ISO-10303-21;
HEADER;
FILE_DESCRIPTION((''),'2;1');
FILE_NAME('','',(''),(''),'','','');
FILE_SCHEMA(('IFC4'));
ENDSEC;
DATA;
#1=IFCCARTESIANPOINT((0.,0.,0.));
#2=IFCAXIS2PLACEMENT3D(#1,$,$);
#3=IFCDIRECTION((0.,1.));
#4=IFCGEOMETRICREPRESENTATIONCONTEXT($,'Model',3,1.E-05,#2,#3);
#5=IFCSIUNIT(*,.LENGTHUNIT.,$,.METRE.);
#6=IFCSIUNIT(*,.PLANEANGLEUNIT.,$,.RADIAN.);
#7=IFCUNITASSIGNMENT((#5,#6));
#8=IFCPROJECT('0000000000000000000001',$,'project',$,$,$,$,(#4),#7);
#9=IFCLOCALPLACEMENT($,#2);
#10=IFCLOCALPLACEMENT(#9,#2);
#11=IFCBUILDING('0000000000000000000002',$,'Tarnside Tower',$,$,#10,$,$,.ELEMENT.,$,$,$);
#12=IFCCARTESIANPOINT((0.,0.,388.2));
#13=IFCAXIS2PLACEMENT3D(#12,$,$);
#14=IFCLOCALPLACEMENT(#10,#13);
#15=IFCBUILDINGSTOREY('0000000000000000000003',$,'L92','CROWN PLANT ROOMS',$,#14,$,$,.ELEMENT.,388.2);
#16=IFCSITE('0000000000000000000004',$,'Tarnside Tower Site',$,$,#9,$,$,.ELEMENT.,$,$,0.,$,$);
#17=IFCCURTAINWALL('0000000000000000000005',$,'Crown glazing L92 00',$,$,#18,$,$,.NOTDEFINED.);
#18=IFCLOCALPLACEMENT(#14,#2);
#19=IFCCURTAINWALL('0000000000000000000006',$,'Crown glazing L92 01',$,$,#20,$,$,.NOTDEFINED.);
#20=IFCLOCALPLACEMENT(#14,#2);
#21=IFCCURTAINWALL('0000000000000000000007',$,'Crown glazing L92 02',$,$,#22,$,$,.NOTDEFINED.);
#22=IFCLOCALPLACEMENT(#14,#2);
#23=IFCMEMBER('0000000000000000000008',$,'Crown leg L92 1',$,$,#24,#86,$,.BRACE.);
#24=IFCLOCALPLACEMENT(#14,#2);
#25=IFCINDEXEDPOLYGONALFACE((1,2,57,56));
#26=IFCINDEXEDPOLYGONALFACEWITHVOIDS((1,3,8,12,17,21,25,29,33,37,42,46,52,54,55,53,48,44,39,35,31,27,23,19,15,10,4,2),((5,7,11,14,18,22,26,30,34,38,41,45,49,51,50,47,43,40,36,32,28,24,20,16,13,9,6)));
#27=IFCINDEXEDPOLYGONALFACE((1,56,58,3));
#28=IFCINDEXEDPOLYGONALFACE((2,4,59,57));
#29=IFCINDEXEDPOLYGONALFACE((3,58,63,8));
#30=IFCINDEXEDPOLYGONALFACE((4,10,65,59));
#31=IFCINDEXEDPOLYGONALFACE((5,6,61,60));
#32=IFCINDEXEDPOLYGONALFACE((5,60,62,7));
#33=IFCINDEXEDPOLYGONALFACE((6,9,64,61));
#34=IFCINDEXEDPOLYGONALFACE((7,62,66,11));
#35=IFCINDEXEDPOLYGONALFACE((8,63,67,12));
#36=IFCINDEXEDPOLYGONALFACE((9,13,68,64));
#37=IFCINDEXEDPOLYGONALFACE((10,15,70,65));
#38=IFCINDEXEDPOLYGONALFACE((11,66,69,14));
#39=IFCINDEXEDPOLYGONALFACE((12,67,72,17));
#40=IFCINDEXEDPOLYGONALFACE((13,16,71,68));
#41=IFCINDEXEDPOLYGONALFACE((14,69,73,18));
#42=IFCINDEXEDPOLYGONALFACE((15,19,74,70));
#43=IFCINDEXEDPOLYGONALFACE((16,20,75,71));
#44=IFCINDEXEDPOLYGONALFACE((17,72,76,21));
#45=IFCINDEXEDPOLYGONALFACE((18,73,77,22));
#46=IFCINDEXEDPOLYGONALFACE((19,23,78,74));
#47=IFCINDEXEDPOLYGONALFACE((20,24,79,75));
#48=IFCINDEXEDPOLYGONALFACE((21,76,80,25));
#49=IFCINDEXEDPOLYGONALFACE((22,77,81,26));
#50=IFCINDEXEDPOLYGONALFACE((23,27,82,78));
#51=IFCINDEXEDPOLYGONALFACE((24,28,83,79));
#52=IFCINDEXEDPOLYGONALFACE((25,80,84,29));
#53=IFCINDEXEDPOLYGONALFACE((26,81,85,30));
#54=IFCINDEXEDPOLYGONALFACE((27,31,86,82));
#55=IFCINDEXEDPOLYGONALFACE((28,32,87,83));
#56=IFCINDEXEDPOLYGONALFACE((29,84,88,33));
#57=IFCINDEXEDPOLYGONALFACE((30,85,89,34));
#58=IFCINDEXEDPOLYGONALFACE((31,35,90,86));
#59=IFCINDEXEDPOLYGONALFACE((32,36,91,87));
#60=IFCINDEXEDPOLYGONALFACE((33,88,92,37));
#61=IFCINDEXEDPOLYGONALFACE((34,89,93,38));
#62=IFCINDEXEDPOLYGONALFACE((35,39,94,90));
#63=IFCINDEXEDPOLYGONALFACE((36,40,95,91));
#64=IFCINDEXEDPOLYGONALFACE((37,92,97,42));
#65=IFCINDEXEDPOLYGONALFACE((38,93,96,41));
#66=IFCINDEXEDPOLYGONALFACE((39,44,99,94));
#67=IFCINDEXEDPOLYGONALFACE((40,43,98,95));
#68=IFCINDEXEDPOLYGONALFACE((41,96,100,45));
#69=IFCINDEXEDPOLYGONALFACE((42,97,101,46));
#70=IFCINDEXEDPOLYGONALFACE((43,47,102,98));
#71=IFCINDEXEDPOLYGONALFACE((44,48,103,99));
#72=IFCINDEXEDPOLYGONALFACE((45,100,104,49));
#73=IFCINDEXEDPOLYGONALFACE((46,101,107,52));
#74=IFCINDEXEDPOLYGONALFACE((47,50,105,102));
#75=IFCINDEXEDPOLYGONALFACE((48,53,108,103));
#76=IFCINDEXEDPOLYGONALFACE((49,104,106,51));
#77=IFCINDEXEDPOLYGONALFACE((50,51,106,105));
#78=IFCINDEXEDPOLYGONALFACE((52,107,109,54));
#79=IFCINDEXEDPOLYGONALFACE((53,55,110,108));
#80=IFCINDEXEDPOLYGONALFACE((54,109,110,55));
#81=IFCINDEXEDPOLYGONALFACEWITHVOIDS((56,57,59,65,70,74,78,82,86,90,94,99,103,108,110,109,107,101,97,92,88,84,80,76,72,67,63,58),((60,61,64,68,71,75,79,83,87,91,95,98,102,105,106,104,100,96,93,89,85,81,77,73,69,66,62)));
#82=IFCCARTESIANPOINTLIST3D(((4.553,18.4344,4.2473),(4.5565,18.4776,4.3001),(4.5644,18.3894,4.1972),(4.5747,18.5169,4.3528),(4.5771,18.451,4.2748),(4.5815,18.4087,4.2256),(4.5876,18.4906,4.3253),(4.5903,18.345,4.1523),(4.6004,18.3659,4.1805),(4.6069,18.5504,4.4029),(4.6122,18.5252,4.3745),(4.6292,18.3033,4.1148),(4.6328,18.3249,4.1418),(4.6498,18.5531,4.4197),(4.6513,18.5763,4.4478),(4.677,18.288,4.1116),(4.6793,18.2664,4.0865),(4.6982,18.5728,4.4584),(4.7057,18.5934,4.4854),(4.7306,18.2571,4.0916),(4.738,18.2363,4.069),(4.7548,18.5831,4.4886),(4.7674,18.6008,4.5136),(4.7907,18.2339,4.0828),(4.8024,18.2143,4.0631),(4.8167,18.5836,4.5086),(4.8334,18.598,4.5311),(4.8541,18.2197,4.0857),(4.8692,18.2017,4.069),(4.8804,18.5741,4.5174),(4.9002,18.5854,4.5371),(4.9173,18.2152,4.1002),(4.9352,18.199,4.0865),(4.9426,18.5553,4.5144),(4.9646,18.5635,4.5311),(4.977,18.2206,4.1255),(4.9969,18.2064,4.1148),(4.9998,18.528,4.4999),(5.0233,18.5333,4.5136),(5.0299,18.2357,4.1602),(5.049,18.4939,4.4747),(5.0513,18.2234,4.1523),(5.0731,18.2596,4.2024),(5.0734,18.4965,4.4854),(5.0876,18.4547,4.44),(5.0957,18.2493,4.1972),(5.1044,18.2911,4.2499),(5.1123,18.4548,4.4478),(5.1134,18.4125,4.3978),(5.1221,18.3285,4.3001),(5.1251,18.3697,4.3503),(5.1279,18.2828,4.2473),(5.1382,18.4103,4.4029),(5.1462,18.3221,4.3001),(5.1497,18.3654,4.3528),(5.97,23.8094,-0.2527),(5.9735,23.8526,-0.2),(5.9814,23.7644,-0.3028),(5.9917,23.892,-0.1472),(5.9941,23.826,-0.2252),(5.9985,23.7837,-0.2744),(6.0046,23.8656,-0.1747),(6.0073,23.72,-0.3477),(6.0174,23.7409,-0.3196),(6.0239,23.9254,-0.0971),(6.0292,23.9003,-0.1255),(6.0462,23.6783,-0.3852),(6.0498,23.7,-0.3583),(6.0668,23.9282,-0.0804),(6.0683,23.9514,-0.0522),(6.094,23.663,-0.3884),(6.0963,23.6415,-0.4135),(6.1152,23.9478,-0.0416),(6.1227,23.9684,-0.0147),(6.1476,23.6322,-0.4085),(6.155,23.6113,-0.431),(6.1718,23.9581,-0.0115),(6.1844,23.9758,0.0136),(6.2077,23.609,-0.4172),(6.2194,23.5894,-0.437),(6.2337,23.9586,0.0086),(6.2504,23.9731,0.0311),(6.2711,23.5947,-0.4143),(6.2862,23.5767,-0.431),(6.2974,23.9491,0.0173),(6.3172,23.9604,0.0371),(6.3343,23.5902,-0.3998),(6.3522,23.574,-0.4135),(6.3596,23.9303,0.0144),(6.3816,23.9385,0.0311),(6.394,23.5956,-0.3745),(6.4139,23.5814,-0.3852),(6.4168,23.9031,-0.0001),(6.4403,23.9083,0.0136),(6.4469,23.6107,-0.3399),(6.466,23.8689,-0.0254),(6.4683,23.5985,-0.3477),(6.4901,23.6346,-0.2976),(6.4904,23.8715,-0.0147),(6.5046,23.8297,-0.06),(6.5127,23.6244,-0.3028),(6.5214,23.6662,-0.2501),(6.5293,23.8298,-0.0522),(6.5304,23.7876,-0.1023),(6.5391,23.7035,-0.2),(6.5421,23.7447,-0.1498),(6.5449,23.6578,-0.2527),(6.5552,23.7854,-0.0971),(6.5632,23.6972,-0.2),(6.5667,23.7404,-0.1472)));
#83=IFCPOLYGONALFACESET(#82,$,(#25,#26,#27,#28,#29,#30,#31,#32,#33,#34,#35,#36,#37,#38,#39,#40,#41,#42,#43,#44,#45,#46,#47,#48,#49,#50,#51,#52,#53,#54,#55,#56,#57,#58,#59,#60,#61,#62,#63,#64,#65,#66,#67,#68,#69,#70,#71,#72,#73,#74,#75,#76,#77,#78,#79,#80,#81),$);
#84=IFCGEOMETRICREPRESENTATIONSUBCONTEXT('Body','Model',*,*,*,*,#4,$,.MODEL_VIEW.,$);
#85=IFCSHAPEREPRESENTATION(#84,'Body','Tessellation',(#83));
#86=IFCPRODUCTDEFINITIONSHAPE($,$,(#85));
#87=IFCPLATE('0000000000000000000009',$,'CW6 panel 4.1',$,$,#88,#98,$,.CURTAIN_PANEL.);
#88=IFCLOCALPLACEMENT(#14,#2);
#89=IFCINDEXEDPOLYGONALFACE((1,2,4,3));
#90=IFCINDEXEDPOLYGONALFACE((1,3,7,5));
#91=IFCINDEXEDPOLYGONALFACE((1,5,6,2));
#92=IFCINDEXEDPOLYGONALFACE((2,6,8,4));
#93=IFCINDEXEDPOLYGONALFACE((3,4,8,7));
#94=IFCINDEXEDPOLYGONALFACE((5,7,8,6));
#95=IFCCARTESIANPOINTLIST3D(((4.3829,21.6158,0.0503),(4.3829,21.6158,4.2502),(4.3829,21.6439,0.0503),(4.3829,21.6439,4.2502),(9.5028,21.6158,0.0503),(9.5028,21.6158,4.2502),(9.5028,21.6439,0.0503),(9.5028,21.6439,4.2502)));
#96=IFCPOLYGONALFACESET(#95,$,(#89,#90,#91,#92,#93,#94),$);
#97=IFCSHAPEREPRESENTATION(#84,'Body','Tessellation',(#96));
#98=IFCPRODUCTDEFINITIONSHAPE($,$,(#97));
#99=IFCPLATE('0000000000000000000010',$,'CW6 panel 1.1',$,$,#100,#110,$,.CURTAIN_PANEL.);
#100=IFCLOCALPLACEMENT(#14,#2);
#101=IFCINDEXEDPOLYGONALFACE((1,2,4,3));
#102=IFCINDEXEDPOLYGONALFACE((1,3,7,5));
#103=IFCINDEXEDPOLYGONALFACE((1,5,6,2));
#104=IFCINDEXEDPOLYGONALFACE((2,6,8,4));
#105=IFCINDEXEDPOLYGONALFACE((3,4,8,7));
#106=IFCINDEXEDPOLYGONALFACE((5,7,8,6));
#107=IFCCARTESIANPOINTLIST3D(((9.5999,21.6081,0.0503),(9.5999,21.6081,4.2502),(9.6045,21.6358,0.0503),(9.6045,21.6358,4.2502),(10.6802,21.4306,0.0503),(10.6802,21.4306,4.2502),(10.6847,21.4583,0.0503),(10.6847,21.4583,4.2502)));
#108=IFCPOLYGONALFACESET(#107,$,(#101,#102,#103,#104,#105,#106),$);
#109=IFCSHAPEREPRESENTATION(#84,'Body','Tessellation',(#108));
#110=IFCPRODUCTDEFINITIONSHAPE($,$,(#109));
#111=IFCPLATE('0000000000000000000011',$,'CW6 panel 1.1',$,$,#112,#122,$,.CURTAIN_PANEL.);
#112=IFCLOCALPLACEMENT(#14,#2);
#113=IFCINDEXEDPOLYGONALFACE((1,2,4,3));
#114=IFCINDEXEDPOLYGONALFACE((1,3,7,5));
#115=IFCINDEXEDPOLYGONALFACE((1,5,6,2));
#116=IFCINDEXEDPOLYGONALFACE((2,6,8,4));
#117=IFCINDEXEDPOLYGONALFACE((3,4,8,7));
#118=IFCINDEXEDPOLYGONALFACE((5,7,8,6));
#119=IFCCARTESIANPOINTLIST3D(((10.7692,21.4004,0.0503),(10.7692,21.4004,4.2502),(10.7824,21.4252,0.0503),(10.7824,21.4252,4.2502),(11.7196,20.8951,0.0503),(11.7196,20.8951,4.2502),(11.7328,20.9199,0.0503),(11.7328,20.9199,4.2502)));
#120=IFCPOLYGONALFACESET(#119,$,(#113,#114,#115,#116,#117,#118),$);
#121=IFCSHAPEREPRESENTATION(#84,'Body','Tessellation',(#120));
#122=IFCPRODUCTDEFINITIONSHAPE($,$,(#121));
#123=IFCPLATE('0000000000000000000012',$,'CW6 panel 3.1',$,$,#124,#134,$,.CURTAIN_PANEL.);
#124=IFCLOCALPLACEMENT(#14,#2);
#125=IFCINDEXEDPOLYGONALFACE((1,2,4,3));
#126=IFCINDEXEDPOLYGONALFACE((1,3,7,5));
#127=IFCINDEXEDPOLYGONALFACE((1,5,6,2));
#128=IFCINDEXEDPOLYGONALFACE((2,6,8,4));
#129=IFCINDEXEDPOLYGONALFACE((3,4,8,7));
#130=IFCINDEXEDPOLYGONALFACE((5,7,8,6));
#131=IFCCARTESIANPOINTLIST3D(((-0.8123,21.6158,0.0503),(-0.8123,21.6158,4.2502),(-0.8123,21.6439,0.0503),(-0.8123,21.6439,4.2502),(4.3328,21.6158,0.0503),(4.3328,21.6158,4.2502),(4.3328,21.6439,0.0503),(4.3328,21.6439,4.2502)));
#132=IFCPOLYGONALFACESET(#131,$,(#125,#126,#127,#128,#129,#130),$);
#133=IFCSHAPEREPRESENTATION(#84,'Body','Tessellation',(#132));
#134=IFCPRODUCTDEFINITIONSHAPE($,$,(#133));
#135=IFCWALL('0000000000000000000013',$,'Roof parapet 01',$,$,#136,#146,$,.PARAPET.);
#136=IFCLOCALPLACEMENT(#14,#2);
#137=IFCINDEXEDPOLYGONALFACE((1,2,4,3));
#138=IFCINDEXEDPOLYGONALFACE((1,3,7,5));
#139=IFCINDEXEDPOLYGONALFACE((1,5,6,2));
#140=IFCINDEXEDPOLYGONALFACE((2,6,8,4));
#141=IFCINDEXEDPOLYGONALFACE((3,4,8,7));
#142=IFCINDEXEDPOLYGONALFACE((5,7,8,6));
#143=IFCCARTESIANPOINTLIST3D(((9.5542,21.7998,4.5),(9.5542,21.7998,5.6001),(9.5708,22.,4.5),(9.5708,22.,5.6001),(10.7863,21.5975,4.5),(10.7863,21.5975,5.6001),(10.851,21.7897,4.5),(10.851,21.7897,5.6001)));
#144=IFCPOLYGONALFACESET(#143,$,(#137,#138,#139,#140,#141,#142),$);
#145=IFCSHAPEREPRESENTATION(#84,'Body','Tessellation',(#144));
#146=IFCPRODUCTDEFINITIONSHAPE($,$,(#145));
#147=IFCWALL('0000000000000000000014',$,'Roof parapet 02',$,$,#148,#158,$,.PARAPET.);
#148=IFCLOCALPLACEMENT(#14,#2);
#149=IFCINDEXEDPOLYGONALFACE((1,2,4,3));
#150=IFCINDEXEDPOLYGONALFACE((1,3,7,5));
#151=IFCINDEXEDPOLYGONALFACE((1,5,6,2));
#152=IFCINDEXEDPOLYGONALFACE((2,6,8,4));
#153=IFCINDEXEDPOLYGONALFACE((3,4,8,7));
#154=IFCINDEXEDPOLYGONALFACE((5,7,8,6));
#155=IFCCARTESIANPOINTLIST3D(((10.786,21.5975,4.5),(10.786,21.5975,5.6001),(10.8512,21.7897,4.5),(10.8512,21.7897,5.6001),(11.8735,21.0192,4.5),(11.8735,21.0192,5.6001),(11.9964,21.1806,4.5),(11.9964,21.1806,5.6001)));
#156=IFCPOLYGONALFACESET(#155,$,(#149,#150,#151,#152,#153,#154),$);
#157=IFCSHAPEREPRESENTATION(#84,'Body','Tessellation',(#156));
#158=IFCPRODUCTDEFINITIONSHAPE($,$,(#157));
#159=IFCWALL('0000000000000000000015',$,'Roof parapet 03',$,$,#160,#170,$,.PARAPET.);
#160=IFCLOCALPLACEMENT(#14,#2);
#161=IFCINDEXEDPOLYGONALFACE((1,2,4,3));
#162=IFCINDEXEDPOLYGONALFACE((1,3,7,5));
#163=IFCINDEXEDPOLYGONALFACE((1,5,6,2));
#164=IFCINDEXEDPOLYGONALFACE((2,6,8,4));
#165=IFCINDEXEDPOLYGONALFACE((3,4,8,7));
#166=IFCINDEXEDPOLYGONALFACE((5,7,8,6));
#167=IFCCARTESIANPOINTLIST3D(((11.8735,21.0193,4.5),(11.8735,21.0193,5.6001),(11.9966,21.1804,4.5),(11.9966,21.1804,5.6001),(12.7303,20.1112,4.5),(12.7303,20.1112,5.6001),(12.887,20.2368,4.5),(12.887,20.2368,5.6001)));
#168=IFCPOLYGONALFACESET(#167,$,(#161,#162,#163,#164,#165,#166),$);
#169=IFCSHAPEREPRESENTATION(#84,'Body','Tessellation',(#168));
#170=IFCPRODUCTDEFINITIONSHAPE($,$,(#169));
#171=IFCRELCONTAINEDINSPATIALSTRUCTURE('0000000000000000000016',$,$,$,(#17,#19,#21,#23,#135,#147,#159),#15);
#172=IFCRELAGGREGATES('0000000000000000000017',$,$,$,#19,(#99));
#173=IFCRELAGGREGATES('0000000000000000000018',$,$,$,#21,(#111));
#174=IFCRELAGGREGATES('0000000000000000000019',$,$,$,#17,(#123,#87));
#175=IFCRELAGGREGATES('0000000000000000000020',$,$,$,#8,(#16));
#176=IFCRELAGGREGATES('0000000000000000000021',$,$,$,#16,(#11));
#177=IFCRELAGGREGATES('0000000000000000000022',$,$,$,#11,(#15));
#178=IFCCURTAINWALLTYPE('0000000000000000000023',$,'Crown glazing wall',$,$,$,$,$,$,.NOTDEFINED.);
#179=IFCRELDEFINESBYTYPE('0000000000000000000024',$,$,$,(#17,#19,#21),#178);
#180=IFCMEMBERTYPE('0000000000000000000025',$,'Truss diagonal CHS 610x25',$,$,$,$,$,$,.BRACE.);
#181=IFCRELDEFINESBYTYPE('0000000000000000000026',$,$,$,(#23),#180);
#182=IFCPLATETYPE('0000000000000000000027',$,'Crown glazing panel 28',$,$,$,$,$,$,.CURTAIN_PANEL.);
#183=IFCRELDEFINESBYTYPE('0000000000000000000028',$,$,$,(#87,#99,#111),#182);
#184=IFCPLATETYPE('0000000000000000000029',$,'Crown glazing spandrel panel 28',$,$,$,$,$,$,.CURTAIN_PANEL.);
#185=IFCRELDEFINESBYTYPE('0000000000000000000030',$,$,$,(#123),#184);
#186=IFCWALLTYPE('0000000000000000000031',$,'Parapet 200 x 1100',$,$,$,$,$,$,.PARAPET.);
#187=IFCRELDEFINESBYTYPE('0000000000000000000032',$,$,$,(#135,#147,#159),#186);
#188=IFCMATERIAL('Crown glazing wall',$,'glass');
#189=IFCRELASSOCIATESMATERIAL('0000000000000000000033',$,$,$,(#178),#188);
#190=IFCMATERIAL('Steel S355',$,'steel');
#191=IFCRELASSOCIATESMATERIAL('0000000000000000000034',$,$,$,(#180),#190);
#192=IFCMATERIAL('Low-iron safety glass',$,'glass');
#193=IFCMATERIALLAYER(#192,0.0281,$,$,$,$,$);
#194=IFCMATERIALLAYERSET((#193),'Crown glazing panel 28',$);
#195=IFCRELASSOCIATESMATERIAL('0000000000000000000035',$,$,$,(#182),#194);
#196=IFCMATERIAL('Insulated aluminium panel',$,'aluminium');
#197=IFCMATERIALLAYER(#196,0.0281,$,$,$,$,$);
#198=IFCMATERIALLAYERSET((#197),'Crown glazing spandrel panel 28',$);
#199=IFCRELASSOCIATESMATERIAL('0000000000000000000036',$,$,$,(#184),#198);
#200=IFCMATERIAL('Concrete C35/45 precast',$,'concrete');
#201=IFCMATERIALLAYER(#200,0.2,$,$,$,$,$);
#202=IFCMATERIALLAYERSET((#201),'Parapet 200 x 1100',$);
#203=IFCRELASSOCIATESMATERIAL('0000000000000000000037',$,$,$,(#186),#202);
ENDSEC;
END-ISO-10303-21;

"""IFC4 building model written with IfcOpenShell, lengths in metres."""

from ifc_helpers import new_model, si_unit, direction, frame, origin, origin_2d, place, context, subcontext, project, spatial, polyline, rectangle, hollow_circle, outline, extrude, material, layer, layer_set, material_profile, profile_set, type_object, element, aggregate, save


model = new_model("IFC4")

# Units and contexts
model_context = context("Model", 3, precision=1e-05, world=origin(), true_north=direction((0.0, 1.0)))
body_context = subcontext(model_context, "Body", "Model", "MODEL_VIEW")
ifc_project = project(units=[si_unit("LENGTHUNIT", "METRE"), si_unit("PLANEANGLEUNIT", "RADIAN")], contexts=[model_context])

# Site, building, storey
site_placement = place(None, origin())
site = spatial("IfcSite", under=ifc_project, at=site_placement, Name="Tarnside Tower Site", CompositionType="ELEMENT", RefElevation=0.0)
building_placement = place(site_placement, origin())
building = spatial("IfcBuilding", under=site, at=building_placement, Name="Tarnside Tower", CompositionType="ELEMENT")
storey_placement = place(building_placement, frame((0.0, 0.0, 388.2)))
storey = spatial("IfcBuildingStorey", under=building, at=storey_placement, Name="L92", Description="CROWN PLANT ROOMS", CompositionType="ELEMENT", Elevation=388.2)

# Curtain walls
ifc_material_1 = material(Name="Crown glazing wall", Category="glass")
curtain_wall_type = type_object("IfcCurtainWallType", Name="Crown glazing wall", PredefinedType="NOTDEFINED", material=ifc_material_1)
curtain_wall_1_placement = place(storey_placement, origin())
curtain_wall_1 = element("IfcCurtainWall", 1, at=curtain_wall_1_placement, inside=storey, type_object=curtain_wall_type, Name="Crown glazing L92 00", PredefinedType="NOTDEFINED")
curtain_wall_2_placement = place(storey_placement, origin())
curtain_wall_2 = element("IfcCurtainWall", 2, at=curtain_wall_2_placement, inside=storey, type_object=curtain_wall_type, Name="Crown glazing L92 01", PredefinedType="NOTDEFINED")
curtain_wall_3_placement = place(storey_placement, origin())
curtain_wall_3 = element("IfcCurtainWall", 3, at=curtain_wall_3_placement, inside=storey, type_object=curtain_wall_type, Name="Crown glazing L92 02", PredefinedType="NOTDEFINED")

# Member
ifc_material_2 = material(Name="Steel S355", Category="steel")
ifc_material_profile_1 = material_profile(ifc_material_2, hollow_circle(Radius=0.3049, WallThickness=0.0249, at=origin_2d()), Name="CHS 610x25")
ifc_profile_set_1 = profile_set([ifc_material_profile_1], Name="Steel S355")
member_type_1 = type_object("IfcMemberType", Name="Truss diagonal CHS 610x25", PredefinedType="BRACE", material=ifc_profile_set_1)
member_1_placement = place(storey_placement, frame((6.2683, 23.7749, -0.2), z_axis=(-0.19813, -0.751557, 0.629211), x_axis=(0.966963, -0.254917, 0.0)))
element("IfcMember", 4, at=member_1_placement, inside=storey, type_object=member_type_1, Name="Crown leg L92 1", PredefinedType="BRACE", context=body_context, shape_type="SweptSolid", body=[
    extrude(hollow_circle(Radius=0.3049, WallThickness=0.0249, at=origin_2d()), origin(), (0.0, 0.0, 1.0), 7.1519),
])

# Plates
ifc_material_3 = material(Name="Low-iron safety glass", Category="glass")
ifc_layer_1 = layer(ifc_material_3, 0.0281)
ifc_layer_set_1 = layer_set([ifc_layer_1], Name="Crown glazing panel 28")
plate_type_1 = type_object("IfcPlateType", Name="Crown glazing panel 28", PredefinedType="CURTAIN_PANEL", material=ifc_layer_set_1)
plate_1_placement = place(storey_placement, frame((6.9429, 21.6299, 0.0503), z_axis=(0.0, 0.0, 1.0), x_axis=(1.0, 0.0, 0.0)))
plate_1 = element("IfcPlate", 5, at=plate_1_placement, type_object=plate_type_1, Name="CW6 panel 4.1", PredefinedType="CURTAIN_PANEL", context=body_context, shape_type="SweptSolid", body=[
    extrude(rectangle(XDim=5.1199, YDim=0.0281, at=origin_2d()), origin(), (0.0, 0.0, 1.0), 4.2),
])
plate_2_placement = place(storey_placement, frame((10.1423, 21.5332, 0.0503), z_axis=(0.0, 0.0, 1.0), x_axis=(0.986762, -0.162178, 0.0)))
plate_2 = element("IfcPlate", 6, at=plate_2_placement, type_object=plate_type_1, Name="CW6 panel 1.1", PredefinedType="CURTAIN_PANEL", context=body_context, shape_type="SweptSolid", body=[
    extrude(rectangle(XDim=1.0947, YDim=0.0281, at=origin_2d()), origin(), (0.0, 0.0, 1.0), 4.2),
])
aggregate(curtain_wall_2, [plate_2])
plate_3_placement = place(storey_placement, frame((11.251, 21.1602, 0.0503), z_axis=(0.0, 0.0, 1.0), x_axis=(0.882948, -0.469472, 0.0)))
plate_3 = element("IfcPlate", 7, at=plate_3_placement, type_object=plate_type_1, Name="CW6 panel 1.1", PredefinedType="CURTAIN_PANEL", context=body_context, shape_type="SweptSolid", body=[
    extrude(rectangle(XDim=1.0764, YDim=0.0281, at=origin_2d()), origin(), (0.0, 0.0, 1.0), 4.2),
])
aggregate(curtain_wall_3, [plate_3])
ifc_material_4 = material(Name="Insulated aluminium panel", Category="aluminium")
ifc_layer_2 = layer(ifc_material_4, 0.0281)
ifc_layer_set_2 = layer_set([ifc_layer_2], Name="Crown glazing spandrel panel 28")
plate_type_2 = type_object("IfcPlateType", Name="Crown glazing spandrel panel 28", PredefinedType="CURTAIN_PANEL", material=ifc_layer_set_2)
plate_4_placement = place(storey_placement, frame((1.7603, 21.6299, 0.0503), z_axis=(0.0, 0.0, 1.0), x_axis=(1.0, 0.0, 0.0)))
plate_4 = element("IfcPlate", 8, at=plate_4_placement, type_object=plate_type_2, Name="CW6 panel 3.1", PredefinedType="CURTAIN_PANEL", context=body_context, shape_type="SweptSolid", body=[
    extrude(rectangle(XDim=5.145, YDim=0.0281, at=origin_2d()), origin(), (0.0, 0.0, 1.0), 4.2),
])
aggregate(curtain_wall_1, [plate_4, plate_1])

# Walls
ifc_material_5 = material(Name="Concrete C35/45 precast", Category="concrete")
ifc_layer_3 = layer(ifc_material_5, 0.2)
ifc_layer_set_3 = layer_set([ifc_layer_3], Name="Parapet 200 x 1100")
wall_type = type_object("IfcWallType", Name="Parapet 200 x 1100", PredefinedType="PARAPET", material=ifc_layer_set_3)
wall_1_placement = place(storey_placement, frame((9.5625, 21.8999, 4.5), z_axis=(0.0, 0.0, 1.0), x_axis=(0.98678, -0.162066, 0.0)))
element("IfcWall", 9, at=wall_1_placement, inside=storey, type_object=wall_type, Name="Roof parapet 01", PredefinedType="PARAPET", context=body_context, shape_type="SweptSolid", body=[
    extrude(outline(polyline([(0.0081, -0.1001), (1.2566, -0.1001), (1.2893, 0.1001), (-0.0081, 0.1001), (0.0081, -0.1001)])), origin(), (0.0, 0.0, 1.0), 1.1001),
])
wall_2_placement = place(storey_placement, frame((10.8186, 21.6936, 4.5), z_axis=(0.0, 0.0, 1.0), x_axis=(0.882908, -0.469546, 0.0)))
element("IfcWall", 10, at=wall_2_placement, inside=storey, type_object=wall_type, Name="Roof parapet 02", PredefinedType="PARAPET", context=body_context, shape_type="SweptSolid", body=[
    extrude(outline(polyline([(0.0164, -0.1001), (1.248, -0.1001), (1.2808, 0.1001), (-0.0164, 0.1001), (0.0164, -0.1001)])), origin(), (0.0, 0.0, 1.0), 1.1001),
])
wall_3_placement = place(storey_placement, frame((11.9351, 21.0999, 4.5), z_axis=(0.0, 0.0, 1.0), x_axis=(0.686286, -0.727332, 0.0)))
element("IfcWall", 11, at=wall_3_placement, inside=storey, type_object=wall_type, Name="Roof parapet 03", PredefinedType="PARAPET", context=body_context, shape_type="SweptSolid", body=[
    extrude(outline(polyline([(0.0164, -0.1001), (1.2649, -0.1001), (1.281, 0.1001), (-0.0164, 0.1001), (0.0164, -0.1001)])), origin(), (0.0, 0.0, 1.0), 1.1001),
])

save(model, "model.ifc")
